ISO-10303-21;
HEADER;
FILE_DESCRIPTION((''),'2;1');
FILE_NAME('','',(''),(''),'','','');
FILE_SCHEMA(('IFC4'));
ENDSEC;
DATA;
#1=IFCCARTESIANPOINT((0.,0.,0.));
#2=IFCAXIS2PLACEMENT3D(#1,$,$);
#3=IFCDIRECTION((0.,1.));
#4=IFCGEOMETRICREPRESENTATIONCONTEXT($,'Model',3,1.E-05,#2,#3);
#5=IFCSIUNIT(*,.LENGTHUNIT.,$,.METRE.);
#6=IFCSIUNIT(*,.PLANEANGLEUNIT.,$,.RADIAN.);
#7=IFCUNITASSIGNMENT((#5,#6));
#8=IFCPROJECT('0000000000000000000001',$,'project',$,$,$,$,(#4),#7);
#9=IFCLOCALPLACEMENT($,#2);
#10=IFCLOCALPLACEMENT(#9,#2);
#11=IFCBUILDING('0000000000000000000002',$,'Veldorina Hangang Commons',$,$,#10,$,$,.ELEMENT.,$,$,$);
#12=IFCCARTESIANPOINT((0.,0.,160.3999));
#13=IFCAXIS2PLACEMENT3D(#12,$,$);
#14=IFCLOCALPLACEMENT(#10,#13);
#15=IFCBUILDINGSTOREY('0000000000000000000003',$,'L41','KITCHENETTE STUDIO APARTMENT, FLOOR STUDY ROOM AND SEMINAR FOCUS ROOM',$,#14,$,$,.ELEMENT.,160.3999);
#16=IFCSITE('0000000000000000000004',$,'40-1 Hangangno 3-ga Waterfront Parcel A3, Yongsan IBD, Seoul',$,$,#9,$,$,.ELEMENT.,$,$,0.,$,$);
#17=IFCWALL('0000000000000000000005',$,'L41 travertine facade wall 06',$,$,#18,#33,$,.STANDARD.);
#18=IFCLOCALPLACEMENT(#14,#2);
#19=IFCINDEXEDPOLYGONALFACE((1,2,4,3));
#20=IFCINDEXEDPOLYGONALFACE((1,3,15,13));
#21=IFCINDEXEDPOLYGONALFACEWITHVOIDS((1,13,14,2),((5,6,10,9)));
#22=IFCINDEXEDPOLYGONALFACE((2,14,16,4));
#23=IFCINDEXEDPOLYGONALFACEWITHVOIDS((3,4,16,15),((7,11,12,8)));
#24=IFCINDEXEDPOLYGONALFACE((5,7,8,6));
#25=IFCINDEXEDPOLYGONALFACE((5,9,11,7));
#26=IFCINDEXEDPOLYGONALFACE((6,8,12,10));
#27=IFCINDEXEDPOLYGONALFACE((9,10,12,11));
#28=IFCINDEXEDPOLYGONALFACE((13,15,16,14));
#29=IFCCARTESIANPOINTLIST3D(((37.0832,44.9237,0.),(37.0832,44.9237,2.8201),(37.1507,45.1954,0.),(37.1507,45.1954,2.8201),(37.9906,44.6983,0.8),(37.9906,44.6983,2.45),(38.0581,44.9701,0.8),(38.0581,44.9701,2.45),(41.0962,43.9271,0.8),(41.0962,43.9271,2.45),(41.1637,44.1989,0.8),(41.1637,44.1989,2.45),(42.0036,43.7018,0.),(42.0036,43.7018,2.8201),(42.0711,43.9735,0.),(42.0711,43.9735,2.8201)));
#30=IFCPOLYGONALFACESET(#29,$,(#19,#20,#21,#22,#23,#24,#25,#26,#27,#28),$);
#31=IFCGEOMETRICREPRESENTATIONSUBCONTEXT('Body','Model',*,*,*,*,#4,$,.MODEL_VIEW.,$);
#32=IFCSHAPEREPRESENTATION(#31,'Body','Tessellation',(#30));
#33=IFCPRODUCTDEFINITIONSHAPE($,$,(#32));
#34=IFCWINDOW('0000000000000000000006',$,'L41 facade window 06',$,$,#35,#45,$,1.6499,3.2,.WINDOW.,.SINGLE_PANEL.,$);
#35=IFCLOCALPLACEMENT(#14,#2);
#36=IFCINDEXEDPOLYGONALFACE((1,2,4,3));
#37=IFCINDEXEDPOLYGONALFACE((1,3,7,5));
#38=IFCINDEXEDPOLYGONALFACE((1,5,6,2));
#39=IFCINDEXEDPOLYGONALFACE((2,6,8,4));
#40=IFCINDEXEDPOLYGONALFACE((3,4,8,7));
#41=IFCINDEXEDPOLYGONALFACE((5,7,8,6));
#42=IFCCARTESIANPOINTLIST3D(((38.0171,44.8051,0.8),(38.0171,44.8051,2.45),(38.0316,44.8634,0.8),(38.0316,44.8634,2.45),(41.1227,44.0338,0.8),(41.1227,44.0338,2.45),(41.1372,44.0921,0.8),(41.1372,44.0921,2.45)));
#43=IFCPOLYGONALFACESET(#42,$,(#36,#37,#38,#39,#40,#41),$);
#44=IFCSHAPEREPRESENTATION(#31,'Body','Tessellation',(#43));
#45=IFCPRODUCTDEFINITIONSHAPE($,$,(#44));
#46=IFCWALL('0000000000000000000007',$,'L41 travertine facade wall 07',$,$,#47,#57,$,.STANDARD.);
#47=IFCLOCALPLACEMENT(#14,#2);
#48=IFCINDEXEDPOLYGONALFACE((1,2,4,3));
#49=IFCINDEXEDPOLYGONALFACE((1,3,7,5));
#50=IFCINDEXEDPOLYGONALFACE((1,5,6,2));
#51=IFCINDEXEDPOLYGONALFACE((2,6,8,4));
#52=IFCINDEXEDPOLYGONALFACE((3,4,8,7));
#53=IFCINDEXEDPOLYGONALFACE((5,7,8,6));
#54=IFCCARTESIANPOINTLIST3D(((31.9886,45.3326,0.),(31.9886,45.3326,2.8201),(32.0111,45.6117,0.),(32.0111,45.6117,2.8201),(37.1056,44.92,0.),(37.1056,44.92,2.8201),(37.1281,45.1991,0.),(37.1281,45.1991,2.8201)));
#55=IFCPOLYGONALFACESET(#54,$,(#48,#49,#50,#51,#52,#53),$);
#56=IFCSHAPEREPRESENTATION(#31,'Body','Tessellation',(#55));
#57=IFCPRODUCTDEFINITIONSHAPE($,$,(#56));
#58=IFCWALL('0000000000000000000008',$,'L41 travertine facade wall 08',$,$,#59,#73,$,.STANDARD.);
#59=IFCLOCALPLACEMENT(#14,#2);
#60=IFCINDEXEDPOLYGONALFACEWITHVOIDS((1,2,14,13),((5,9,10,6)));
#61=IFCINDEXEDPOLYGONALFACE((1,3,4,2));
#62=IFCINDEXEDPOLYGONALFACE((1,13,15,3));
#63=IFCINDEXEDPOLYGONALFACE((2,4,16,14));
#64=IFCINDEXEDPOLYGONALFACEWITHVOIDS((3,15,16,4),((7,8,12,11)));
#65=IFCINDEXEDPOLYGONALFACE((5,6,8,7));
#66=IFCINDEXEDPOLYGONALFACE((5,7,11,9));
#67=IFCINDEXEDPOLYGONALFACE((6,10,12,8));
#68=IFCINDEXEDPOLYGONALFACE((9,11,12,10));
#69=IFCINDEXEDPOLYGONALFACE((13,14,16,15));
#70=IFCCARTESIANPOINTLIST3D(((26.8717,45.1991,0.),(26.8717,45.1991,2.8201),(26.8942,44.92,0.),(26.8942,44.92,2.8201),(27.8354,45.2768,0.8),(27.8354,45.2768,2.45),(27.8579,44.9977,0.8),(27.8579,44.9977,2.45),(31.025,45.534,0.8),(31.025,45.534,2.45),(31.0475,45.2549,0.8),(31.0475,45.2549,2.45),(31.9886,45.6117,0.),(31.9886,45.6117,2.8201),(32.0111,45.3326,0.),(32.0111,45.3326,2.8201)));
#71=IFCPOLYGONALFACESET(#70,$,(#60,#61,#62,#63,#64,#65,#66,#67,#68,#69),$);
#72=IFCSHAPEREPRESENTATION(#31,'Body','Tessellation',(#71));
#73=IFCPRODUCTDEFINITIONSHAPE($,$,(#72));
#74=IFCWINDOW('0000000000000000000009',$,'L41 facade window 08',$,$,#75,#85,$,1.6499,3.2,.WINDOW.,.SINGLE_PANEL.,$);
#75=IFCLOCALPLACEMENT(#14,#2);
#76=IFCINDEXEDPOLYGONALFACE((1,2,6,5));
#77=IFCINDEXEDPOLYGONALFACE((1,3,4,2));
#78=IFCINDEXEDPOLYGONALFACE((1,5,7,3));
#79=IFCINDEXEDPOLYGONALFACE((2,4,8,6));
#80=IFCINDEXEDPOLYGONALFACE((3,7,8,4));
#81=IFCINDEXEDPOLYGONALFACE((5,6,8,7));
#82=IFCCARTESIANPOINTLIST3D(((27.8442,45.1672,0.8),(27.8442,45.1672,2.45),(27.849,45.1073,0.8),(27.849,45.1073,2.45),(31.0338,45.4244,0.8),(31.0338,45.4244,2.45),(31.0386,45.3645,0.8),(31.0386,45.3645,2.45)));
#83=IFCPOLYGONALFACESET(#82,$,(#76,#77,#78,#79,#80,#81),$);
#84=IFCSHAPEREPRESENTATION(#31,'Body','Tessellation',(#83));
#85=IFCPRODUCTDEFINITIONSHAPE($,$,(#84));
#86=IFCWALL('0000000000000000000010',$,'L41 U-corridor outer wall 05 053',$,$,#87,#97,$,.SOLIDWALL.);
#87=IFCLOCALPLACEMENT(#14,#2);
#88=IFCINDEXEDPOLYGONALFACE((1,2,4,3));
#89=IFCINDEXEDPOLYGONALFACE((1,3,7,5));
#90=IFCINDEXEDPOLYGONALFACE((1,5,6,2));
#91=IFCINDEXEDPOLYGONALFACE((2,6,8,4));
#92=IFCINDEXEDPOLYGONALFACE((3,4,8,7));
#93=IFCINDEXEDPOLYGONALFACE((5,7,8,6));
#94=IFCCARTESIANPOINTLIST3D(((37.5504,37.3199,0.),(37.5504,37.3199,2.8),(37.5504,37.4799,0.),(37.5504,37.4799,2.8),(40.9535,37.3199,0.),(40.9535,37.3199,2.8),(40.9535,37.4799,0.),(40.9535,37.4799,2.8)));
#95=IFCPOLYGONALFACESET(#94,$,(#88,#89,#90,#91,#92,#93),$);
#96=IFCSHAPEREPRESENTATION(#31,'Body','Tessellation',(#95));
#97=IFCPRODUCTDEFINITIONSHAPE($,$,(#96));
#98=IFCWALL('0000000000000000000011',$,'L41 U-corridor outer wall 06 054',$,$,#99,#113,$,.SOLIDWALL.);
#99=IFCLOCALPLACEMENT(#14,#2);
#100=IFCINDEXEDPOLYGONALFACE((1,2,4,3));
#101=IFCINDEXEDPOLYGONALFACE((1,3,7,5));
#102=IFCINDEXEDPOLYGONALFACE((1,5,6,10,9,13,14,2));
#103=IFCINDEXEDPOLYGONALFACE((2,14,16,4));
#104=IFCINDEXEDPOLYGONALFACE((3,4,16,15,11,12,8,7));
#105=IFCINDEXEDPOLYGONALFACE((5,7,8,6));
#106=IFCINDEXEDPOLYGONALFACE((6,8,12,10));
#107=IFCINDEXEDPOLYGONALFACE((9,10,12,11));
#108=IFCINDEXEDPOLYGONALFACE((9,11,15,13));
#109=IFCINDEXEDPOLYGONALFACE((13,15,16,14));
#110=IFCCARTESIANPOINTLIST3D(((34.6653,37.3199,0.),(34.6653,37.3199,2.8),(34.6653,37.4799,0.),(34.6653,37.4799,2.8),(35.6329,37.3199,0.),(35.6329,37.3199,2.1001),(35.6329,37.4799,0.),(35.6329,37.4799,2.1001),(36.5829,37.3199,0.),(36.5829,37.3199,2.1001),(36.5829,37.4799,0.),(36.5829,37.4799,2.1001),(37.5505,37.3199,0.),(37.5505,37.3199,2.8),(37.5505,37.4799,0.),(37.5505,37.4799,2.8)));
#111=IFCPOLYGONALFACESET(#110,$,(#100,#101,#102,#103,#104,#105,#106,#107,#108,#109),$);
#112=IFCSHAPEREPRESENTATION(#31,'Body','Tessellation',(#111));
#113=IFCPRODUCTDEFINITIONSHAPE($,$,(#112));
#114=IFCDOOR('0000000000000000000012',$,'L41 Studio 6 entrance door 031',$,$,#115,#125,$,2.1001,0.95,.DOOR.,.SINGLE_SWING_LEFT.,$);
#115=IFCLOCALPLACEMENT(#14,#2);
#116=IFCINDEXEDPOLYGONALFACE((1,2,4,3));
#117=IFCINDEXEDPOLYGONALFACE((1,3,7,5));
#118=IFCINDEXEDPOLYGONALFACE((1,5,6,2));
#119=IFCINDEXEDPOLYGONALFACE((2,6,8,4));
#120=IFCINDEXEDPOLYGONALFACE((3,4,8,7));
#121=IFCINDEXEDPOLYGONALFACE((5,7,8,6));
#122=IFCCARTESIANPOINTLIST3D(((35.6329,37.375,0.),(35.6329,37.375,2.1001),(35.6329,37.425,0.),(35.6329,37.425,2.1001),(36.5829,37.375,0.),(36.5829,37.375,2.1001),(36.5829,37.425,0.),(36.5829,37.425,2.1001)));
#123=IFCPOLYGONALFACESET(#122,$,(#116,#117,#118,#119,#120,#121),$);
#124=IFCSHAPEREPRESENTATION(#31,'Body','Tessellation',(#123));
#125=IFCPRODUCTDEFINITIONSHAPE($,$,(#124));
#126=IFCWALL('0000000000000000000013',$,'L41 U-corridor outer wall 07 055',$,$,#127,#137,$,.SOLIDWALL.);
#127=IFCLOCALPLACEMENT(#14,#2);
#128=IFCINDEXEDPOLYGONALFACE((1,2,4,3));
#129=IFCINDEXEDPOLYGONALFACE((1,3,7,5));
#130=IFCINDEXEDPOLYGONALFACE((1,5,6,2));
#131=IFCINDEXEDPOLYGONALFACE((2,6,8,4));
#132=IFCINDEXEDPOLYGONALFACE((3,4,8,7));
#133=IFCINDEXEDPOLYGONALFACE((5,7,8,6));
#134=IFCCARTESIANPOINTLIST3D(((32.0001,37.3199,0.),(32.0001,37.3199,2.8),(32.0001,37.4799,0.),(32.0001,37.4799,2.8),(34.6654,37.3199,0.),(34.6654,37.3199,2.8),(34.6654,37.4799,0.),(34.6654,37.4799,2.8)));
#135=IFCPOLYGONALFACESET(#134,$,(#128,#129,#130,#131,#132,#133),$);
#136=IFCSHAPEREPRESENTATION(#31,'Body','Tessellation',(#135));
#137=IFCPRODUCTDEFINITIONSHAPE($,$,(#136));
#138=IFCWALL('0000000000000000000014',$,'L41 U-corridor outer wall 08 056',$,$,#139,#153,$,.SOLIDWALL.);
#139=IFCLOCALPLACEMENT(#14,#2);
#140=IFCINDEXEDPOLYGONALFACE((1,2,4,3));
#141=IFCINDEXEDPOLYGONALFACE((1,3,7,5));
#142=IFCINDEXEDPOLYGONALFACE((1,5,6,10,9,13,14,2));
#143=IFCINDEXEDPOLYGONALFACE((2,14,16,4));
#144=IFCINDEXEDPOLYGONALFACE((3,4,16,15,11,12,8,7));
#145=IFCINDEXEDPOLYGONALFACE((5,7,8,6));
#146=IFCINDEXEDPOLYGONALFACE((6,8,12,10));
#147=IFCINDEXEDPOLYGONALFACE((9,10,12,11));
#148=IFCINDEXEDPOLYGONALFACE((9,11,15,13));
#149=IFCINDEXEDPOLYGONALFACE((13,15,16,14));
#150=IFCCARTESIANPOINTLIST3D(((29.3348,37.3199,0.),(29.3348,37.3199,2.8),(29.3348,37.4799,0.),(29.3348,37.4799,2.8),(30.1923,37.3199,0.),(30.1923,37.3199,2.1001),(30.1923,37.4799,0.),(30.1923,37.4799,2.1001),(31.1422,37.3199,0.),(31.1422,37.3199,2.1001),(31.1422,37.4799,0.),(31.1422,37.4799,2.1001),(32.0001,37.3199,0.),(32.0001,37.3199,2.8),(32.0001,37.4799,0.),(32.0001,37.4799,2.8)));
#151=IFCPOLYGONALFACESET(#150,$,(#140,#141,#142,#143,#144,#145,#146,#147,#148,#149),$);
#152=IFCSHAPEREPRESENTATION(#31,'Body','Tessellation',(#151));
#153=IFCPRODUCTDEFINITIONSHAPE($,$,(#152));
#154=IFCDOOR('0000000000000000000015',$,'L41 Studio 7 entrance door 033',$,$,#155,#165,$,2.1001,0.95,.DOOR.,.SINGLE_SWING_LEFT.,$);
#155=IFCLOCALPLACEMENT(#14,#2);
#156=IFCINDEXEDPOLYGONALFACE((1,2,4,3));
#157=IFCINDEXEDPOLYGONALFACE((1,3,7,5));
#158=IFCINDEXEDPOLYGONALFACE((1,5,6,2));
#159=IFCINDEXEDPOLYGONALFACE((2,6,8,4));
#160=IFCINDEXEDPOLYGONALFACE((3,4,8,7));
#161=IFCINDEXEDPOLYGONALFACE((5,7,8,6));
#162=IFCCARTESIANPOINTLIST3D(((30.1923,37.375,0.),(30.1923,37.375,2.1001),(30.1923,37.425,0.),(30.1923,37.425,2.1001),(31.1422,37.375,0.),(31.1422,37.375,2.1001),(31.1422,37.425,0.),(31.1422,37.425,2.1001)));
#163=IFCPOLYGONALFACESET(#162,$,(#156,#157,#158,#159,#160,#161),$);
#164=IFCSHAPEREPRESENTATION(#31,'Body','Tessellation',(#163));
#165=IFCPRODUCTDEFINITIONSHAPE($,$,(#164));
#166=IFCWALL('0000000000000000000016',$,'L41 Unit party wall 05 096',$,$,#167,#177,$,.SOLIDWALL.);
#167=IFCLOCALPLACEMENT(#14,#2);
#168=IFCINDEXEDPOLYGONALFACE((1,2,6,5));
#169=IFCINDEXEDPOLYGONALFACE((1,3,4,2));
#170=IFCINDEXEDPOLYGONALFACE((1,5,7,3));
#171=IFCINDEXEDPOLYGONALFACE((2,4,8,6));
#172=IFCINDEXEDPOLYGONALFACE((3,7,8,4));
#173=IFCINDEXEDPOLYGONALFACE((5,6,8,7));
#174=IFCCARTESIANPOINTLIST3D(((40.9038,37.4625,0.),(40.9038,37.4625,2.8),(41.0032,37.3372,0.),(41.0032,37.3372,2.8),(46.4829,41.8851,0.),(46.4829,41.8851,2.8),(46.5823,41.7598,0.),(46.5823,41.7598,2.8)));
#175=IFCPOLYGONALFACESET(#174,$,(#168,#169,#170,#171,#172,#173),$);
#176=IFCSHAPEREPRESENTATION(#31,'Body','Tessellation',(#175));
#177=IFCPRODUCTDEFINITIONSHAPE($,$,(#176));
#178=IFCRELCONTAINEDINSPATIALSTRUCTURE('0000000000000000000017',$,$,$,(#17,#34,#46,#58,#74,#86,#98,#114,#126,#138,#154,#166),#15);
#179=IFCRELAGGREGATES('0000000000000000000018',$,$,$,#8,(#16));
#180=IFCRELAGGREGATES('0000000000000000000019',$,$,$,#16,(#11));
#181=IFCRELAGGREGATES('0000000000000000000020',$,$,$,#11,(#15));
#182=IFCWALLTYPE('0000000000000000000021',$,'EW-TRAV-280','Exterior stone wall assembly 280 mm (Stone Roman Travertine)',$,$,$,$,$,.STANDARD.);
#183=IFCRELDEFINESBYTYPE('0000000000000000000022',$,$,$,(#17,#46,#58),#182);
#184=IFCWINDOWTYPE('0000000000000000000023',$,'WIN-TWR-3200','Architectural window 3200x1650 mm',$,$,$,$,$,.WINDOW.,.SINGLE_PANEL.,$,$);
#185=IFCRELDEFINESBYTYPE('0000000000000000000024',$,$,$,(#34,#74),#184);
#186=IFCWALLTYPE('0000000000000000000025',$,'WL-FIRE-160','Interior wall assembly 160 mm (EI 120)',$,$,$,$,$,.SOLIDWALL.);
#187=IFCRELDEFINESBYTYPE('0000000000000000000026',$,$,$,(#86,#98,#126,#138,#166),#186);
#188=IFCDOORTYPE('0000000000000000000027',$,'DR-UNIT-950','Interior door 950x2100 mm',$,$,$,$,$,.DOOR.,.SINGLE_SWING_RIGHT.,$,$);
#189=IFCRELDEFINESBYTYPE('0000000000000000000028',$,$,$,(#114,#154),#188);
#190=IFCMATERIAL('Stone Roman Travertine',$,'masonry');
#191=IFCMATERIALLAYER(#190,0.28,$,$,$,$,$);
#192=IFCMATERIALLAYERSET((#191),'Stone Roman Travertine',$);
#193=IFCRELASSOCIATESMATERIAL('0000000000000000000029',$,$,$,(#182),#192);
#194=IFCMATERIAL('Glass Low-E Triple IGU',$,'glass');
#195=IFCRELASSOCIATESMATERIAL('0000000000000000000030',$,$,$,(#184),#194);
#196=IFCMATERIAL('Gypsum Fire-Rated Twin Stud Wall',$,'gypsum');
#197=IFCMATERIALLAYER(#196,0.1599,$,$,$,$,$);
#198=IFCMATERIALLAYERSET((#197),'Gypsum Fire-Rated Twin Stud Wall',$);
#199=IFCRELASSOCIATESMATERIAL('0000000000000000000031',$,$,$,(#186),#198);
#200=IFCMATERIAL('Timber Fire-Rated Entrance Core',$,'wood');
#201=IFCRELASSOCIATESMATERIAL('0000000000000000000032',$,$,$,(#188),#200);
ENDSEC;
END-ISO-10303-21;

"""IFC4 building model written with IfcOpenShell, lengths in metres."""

from ifc_helpers import new_model, si_unit, direction, frame, frame_2d, origin, place, context, subcontext, project, spatial, rectangle, extrude, material, layer, layer_set, type_object, element, fill, save


model = new_model("IFC4")

# Units and contexts
model_context = context("Model", 3, precision=1e-05, world=origin(), true_north=direction((0.0, 1.0)))
body_context = subcontext(model_context, "Body", "Model", "MODEL_VIEW")
ifc_project = project(units=[si_unit("LENGTHUNIT", "METRE"), si_unit("PLANEANGLEUNIT", "RADIAN")], contexts=[model_context])

# Site, building, storey
site_placement = place(None, origin())
site = spatial("IfcSite", under=ifc_project, at=site_placement, Name="40-1 Hangangno 3-ga Waterfront Parcel A3, Yongsan IBD, Seoul", CompositionType="ELEMENT", RefElevation=0.0)
building_placement = place(site_placement, origin())
building = spatial("IfcBuilding", under=site, at=building_placement, Name="Veldorina Hangang Commons", CompositionType="ELEMENT")
storey_placement = place(building_placement, frame((0.0, 0.0, 160.3999)))
storey = spatial("IfcBuildingStorey", under=building, at=storey_placement, Name="L41", Description="KITCHENETTE STUDIO APARTMENT, FLOOR STUDY ROOM AND SEMINAR FOCUS ROOM", CompositionType="ELEMENT", Elevation=160.3999)

# Wall, opening, window
ifc_material_1 = material(Name="Stone Roman Travertine", Category="masonry")
ifc_layer_1 = layer(ifc_material_1, 0.28)
ifc_layer_set_1 = layer_set([ifc_layer_1], Name="Stone Roman Travertine")
wall_type_1 = type_object("IfcWallType", Name="EW-TRAV-280", Description="Exterior stone wall assembly 280 mm (Stone Roman Travertine)", PredefinedType="STANDARD", material=ifc_layer_set_1)
wall_1_placement = place(storey_placement, frame((42.0374, 43.8376, 0.0), z_axis=(0.0, 0.0, 1.0), x_axis=(-0.970521, 0.241017, 0.0)))
wall_1 = element("IfcWall", 1, at=wall_1_placement, inside=storey, type_object=wall_type_1, Name="L41 travertine facade wall 06", PredefinedType="STANDARD", context=body_context, shape_type="SweptSolid", body=[
    extrude(rectangle(XDim=5.0698, YDim=0.28, at=frame_2d((2.5349, 0.0))), origin(), (0.0, 0.0, 1.0), 2.8201),
])
opening_1_placement = place(wall_1_placement, frame((0.9348, 0.0, 0.8)))
opening_1 = element("IfcOpeningElement", 2, at=opening_1_placement, cuts=wall_1, PredefinedType="OPENING", context=body_context, shape_type="SweptSolid", body=[
    extrude(rectangle(XDim=3.2, YDim=1.6499, at=frame_2d((1.6001, 0.825))), frame((0.0, 0.1499, 0.0), z_axis=(0.0, -1.0, 0.0), x_axis=(1.0, 0.0, 0.0)), (0.0, 0.0, 1.0), 0.3),
])
ifc_material_2 = material(Name="Glass Low-E Triple IGU", Category="glass")
window_type = type_object("IfcWindowType", Name="WIN-TWR-3200", Description="Architectural window 3200x1650 mm", PartitioningType="SINGLE_PANEL", PredefinedType="WINDOW", material=ifc_material_2)
window_1_placement = place(opening_1_placement, origin())
window_1 = element("IfcWindow", 3, at=window_1_placement, inside=storey, type_object=window_type, Name="L41 facade window 06", OverallHeight=1.6499, OverallWidth=3.2, PartitioningType="SINGLE_PANEL", PredefinedType="WINDOW", context=body_context, shape_type="SweptSolid", body=[
    extrude(rectangle(XDim=3.2, YDim=1.6499, at=frame_2d((1.6001, 0.825))), frame((0.0, 0.03, 0.0), z_axis=(0.0, -1.0, 0.0), x_axis=(1.0, 0.0, 0.0)), (0.0, 0.0, 1.0), 0.0601),
])
fill(opening_1, window_1)

# Wall
wall_2_placement = place(storey_placement, frame((37.1169, 45.0596, 0.0), z_axis=(0.0, 0.0, 1.0), x_axis=(-0.996765, 0.080373, 0.0)))
element("IfcWall", 4, at=wall_2_placement, inside=storey, type_object=wall_type_1, Name="L41 travertine facade wall 07", PredefinedType="STANDARD", context=body_context, shape_type="SweptSolid", body=[
    extrude(rectangle(XDim=5.1335, YDim=0.28, at=frame_2d((2.5669, 0.0))), origin(), (0.0, 0.0, 1.0), 2.8201),
])

# Wall, opening, window
wall_3_placement = place(storey_placement, frame((32.0, 45.4722, 0.0), z_axis=(0.0, 0.0, 1.0), x_axis=(-0.996765, -0.080373, 0.0)))
wall_3 = element("IfcWall", 5, at=wall_3_placement, inside=storey, type_object=wall_type_1, Name="L41 travertine facade wall 08", PredefinedType="STANDARD", context=body_context, shape_type="SweptSolid", body=[
    extrude(rectangle(XDim=5.1335, YDim=0.28, at=frame_2d((2.5669, 0.0))), origin(), (0.0, 0.0, 1.0), 2.8201),
])
opening_2_placement = place(wall_3_placement, frame((0.9668, 0.0, 0.8)))
opening_2 = element("IfcOpeningElement", 6, at=opening_2_placement, cuts=wall_3, PredefinedType="OPENING", context=body_context, shape_type="SweptSolid", body=[
    extrude(rectangle(XDim=3.2, YDim=1.6499, at=frame_2d((1.6001, 0.825))), frame((0.0, 0.1499, 0.0), z_axis=(0.0, -1.0, 0.0), x_axis=(1.0, 0.0, 0.0)), (0.0, 0.0, 1.0), 0.3),
])
window_2_placement = place(opening_2_placement, origin())
window_2 = element("IfcWindow", 7, at=window_2_placement, inside=storey, type_object=window_type, Name="L41 facade window 08", OverallHeight=1.6499, OverallWidth=3.2, PartitioningType="SINGLE_PANEL", PredefinedType="WINDOW", context=body_context, shape_type="SweptSolid", body=[
    extrude(rectangle(XDim=3.2, YDim=1.6499, at=frame_2d((1.6001, 0.825))), frame((0.0, 0.03, 0.0), z_axis=(0.0, -1.0, 0.0), x_axis=(1.0, 0.0, 0.0)), (0.0, 0.0, 1.0), 0.0601),
])
fill(opening_2, window_2)

# Wall
ifc_material_3 = material(Name="Gypsum Fire-Rated Twin Stud Wall", Category="gypsum")
ifc_layer_2 = layer(ifc_material_3, 0.1599)
ifc_layer_set_2 = layer_set([ifc_layer_2], Name="Gypsum Fire-Rated Twin Stud Wall")
wall_type_2 = type_object("IfcWallType", Name="WL-FIRE-160", Description="Interior wall assembly 160 mm (EI 120)", PredefinedType="SOLIDWALL", material=ifc_layer_set_2)
wall_4_placement = place(storey_placement, frame((40.9536, 37.3999, 0.0), z_axis=(0.0, 0.0, 1.0), x_axis=(-1.0, 0.0, 0.0)))
element("IfcWall", 8, at=wall_4_placement, inside=storey, type_object=wall_type_2, Name="L41 U-corridor outer wall 05 053", PredefinedType="SOLIDWALL", context=body_context, shape_type="SweptSolid", body=[
    extrude(rectangle(XDim=3.4031, YDim=0.1599, at=frame_2d((1.7017, 0.0))), origin(), (0.0, 0.0, 1.0), 2.8),
])

# Wall, opening, door
wall_5_placement = place(storey_placement, frame((37.5505, 37.3999, 0.0), z_axis=(0.0, 0.0, 1.0), x_axis=(-1.0, 0.0, 0.0)))
wall_5 = element("IfcWall", 9, at=wall_5_placement, inside=storey, type_object=wall_type_2, Name="L41 U-corridor outer wall 06 054", PredefinedType="SOLIDWALL", context=body_context, shape_type="SweptSolid", body=[
    extrude(rectangle(XDim=2.8853, YDim=0.1599, at=frame_2d((1.4426, 0.0))), origin(), (0.0, 0.0, 1.0), 2.8),
])
opening_3_placement = place(wall_5_placement, frame((0.9675, 0.0, 0.0)))
opening_3 = element("IfcOpeningElement", 10, at=opening_3_placement, cuts=wall_5, PredefinedType="OPENING", context=body_context, shape_type="SweptSolid", body=[
    extrude(rectangle(XDim=0.95, YDim=2.1001, at=frame_2d((0.4751, 1.05))), frame((0.0, 0.0898, 0.0), z_axis=(0.0, -1.0, 0.0), x_axis=(1.0, 0.0, 0.0)), (0.0, 0.0, 1.0), 0.1799),
])
ifc_material_4 = material(Name="Timber Fire-Rated Entrance Core", Category="wood")
door_type_1 = type_object("IfcDoorType", Name="DR-UNIT-950", Description="Interior door 950x2100 mm", OperationType="SINGLE_SWING_RIGHT", PredefinedType="DOOR", material=ifc_material_4)
door_1_placement = place(opening_3_placement, origin())
door_1 = element("IfcDoor", 11, at=door_1_placement, inside=storey, type_object=door_type_1, Name="L41 Studio 6 entrance door 031", OperationType="SINGLE_SWING_LEFT", OverallHeight=2.1001, OverallWidth=0.95, PredefinedType="DOOR", context=body_context, shape_type="SweptSolid", body=[
    extrude(rectangle(XDim=0.95, YDim=2.1001, at=frame_2d((0.4751, 1.05))), frame((0.0, 0.0249, 0.0), z_axis=(0.0, -1.0, 0.0), x_axis=(1.0, 0.0, 0.0)), (0.0, 0.0, 1.0), 0.05),
])
fill(opening_3, door_1)

# Wall
wall_6_placement = place(storey_placement, frame((34.6653, 37.3999, 0.0), z_axis=(0.0, 0.0, 1.0), x_axis=(-1.0, 0.0, 0.0)))
element("IfcWall", 12, at=wall_6_placement, inside=storey, type_object=wall_type_2, Name="L41 U-corridor outer wall 07 055", PredefinedType="SOLIDWALL", context=body_context, shape_type="SweptSolid", body=[
    extrude(rectangle(XDim=2.6653, YDim=0.1599, at=frame_2d((1.3325, 0.0))), origin(), (0.0, 0.0, 1.0), 2.8),
])

# Wall, opening, door
wall_7_placement = place(storey_placement, frame((32.0, 37.3999, 0.0), z_axis=(0.0, 0.0, 1.0), x_axis=(-1.0, 0.0, 0.0)))
wall_7 = element("IfcWall", 13, at=wall_7_placement, inside=storey, type_object=wall_type_2, Name="L41 U-corridor outer wall 08 056", PredefinedType="SOLIDWALL", context=body_context, shape_type="SweptSolid", body=[
    extrude(rectangle(XDim=2.6653, YDim=0.1599, at=frame_2d((1.3325, 0.0))), origin(), (0.0, 0.0, 1.0), 2.8),
])
opening_4_placement = place(wall_7_placement, frame((0.8577, 0.0, 0.0)))
opening_4 = element("IfcOpeningElement", 14, at=opening_4_placement, cuts=wall_7, PredefinedType="OPENING", context=body_context, shape_type="SweptSolid", body=[
    extrude(rectangle(XDim=0.95, YDim=2.1001, at=frame_2d((0.4751, 1.05))), frame((0.0, 0.0898, 0.0), z_axis=(0.0, -1.0, 0.0), x_axis=(1.0, 0.0, 0.0)), (0.0, 0.0, 1.0), 0.1799),
])
door_2_placement = place(opening_4_placement, origin())
door_2 = element("IfcDoor", 15, at=door_2_placement, inside=storey, type_object=door_type_1, Name="L41 Studio 7 entrance door 033", OperationType="SINGLE_SWING_LEFT", OverallHeight=2.1001, OverallWidth=0.95, PredefinedType="DOOR", context=body_context, shape_type="SweptSolid", body=[
    extrude(rectangle(XDim=0.95, YDim=2.1001, at=frame_2d((0.4751, 1.05))), frame((0.0, 0.0249, 0.0), z_axis=(0.0, -1.0, 0.0), x_axis=(1.0, 0.0, 0.0)), (0.0, 0.0, 1.0), 0.05),
])
fill(opening_4, door_2)

# Wall
wall_8_placement = place(storey_placement, frame((40.9536, 37.3999, 0.0), z_axis=(0.0, 0.0, 1.0), x_axis=(0.783648, 0.621205, 0.0)))
element("IfcWall", 16, at=wall_8_placement, inside=storey, type_object=wall_type_2, Name="L41 Unit party wall 05 096", PredefinedType="SOLIDWALL", context=body_context, shape_type="SweptSolid", body=[
    extrude(rectangle(XDim=7.1194, YDim=0.1599, at=frame_2d((3.5596, 0.0))), origin(), (0.0, 0.0, 1.0), 2.8),
])

save(model, "model.ifc")
